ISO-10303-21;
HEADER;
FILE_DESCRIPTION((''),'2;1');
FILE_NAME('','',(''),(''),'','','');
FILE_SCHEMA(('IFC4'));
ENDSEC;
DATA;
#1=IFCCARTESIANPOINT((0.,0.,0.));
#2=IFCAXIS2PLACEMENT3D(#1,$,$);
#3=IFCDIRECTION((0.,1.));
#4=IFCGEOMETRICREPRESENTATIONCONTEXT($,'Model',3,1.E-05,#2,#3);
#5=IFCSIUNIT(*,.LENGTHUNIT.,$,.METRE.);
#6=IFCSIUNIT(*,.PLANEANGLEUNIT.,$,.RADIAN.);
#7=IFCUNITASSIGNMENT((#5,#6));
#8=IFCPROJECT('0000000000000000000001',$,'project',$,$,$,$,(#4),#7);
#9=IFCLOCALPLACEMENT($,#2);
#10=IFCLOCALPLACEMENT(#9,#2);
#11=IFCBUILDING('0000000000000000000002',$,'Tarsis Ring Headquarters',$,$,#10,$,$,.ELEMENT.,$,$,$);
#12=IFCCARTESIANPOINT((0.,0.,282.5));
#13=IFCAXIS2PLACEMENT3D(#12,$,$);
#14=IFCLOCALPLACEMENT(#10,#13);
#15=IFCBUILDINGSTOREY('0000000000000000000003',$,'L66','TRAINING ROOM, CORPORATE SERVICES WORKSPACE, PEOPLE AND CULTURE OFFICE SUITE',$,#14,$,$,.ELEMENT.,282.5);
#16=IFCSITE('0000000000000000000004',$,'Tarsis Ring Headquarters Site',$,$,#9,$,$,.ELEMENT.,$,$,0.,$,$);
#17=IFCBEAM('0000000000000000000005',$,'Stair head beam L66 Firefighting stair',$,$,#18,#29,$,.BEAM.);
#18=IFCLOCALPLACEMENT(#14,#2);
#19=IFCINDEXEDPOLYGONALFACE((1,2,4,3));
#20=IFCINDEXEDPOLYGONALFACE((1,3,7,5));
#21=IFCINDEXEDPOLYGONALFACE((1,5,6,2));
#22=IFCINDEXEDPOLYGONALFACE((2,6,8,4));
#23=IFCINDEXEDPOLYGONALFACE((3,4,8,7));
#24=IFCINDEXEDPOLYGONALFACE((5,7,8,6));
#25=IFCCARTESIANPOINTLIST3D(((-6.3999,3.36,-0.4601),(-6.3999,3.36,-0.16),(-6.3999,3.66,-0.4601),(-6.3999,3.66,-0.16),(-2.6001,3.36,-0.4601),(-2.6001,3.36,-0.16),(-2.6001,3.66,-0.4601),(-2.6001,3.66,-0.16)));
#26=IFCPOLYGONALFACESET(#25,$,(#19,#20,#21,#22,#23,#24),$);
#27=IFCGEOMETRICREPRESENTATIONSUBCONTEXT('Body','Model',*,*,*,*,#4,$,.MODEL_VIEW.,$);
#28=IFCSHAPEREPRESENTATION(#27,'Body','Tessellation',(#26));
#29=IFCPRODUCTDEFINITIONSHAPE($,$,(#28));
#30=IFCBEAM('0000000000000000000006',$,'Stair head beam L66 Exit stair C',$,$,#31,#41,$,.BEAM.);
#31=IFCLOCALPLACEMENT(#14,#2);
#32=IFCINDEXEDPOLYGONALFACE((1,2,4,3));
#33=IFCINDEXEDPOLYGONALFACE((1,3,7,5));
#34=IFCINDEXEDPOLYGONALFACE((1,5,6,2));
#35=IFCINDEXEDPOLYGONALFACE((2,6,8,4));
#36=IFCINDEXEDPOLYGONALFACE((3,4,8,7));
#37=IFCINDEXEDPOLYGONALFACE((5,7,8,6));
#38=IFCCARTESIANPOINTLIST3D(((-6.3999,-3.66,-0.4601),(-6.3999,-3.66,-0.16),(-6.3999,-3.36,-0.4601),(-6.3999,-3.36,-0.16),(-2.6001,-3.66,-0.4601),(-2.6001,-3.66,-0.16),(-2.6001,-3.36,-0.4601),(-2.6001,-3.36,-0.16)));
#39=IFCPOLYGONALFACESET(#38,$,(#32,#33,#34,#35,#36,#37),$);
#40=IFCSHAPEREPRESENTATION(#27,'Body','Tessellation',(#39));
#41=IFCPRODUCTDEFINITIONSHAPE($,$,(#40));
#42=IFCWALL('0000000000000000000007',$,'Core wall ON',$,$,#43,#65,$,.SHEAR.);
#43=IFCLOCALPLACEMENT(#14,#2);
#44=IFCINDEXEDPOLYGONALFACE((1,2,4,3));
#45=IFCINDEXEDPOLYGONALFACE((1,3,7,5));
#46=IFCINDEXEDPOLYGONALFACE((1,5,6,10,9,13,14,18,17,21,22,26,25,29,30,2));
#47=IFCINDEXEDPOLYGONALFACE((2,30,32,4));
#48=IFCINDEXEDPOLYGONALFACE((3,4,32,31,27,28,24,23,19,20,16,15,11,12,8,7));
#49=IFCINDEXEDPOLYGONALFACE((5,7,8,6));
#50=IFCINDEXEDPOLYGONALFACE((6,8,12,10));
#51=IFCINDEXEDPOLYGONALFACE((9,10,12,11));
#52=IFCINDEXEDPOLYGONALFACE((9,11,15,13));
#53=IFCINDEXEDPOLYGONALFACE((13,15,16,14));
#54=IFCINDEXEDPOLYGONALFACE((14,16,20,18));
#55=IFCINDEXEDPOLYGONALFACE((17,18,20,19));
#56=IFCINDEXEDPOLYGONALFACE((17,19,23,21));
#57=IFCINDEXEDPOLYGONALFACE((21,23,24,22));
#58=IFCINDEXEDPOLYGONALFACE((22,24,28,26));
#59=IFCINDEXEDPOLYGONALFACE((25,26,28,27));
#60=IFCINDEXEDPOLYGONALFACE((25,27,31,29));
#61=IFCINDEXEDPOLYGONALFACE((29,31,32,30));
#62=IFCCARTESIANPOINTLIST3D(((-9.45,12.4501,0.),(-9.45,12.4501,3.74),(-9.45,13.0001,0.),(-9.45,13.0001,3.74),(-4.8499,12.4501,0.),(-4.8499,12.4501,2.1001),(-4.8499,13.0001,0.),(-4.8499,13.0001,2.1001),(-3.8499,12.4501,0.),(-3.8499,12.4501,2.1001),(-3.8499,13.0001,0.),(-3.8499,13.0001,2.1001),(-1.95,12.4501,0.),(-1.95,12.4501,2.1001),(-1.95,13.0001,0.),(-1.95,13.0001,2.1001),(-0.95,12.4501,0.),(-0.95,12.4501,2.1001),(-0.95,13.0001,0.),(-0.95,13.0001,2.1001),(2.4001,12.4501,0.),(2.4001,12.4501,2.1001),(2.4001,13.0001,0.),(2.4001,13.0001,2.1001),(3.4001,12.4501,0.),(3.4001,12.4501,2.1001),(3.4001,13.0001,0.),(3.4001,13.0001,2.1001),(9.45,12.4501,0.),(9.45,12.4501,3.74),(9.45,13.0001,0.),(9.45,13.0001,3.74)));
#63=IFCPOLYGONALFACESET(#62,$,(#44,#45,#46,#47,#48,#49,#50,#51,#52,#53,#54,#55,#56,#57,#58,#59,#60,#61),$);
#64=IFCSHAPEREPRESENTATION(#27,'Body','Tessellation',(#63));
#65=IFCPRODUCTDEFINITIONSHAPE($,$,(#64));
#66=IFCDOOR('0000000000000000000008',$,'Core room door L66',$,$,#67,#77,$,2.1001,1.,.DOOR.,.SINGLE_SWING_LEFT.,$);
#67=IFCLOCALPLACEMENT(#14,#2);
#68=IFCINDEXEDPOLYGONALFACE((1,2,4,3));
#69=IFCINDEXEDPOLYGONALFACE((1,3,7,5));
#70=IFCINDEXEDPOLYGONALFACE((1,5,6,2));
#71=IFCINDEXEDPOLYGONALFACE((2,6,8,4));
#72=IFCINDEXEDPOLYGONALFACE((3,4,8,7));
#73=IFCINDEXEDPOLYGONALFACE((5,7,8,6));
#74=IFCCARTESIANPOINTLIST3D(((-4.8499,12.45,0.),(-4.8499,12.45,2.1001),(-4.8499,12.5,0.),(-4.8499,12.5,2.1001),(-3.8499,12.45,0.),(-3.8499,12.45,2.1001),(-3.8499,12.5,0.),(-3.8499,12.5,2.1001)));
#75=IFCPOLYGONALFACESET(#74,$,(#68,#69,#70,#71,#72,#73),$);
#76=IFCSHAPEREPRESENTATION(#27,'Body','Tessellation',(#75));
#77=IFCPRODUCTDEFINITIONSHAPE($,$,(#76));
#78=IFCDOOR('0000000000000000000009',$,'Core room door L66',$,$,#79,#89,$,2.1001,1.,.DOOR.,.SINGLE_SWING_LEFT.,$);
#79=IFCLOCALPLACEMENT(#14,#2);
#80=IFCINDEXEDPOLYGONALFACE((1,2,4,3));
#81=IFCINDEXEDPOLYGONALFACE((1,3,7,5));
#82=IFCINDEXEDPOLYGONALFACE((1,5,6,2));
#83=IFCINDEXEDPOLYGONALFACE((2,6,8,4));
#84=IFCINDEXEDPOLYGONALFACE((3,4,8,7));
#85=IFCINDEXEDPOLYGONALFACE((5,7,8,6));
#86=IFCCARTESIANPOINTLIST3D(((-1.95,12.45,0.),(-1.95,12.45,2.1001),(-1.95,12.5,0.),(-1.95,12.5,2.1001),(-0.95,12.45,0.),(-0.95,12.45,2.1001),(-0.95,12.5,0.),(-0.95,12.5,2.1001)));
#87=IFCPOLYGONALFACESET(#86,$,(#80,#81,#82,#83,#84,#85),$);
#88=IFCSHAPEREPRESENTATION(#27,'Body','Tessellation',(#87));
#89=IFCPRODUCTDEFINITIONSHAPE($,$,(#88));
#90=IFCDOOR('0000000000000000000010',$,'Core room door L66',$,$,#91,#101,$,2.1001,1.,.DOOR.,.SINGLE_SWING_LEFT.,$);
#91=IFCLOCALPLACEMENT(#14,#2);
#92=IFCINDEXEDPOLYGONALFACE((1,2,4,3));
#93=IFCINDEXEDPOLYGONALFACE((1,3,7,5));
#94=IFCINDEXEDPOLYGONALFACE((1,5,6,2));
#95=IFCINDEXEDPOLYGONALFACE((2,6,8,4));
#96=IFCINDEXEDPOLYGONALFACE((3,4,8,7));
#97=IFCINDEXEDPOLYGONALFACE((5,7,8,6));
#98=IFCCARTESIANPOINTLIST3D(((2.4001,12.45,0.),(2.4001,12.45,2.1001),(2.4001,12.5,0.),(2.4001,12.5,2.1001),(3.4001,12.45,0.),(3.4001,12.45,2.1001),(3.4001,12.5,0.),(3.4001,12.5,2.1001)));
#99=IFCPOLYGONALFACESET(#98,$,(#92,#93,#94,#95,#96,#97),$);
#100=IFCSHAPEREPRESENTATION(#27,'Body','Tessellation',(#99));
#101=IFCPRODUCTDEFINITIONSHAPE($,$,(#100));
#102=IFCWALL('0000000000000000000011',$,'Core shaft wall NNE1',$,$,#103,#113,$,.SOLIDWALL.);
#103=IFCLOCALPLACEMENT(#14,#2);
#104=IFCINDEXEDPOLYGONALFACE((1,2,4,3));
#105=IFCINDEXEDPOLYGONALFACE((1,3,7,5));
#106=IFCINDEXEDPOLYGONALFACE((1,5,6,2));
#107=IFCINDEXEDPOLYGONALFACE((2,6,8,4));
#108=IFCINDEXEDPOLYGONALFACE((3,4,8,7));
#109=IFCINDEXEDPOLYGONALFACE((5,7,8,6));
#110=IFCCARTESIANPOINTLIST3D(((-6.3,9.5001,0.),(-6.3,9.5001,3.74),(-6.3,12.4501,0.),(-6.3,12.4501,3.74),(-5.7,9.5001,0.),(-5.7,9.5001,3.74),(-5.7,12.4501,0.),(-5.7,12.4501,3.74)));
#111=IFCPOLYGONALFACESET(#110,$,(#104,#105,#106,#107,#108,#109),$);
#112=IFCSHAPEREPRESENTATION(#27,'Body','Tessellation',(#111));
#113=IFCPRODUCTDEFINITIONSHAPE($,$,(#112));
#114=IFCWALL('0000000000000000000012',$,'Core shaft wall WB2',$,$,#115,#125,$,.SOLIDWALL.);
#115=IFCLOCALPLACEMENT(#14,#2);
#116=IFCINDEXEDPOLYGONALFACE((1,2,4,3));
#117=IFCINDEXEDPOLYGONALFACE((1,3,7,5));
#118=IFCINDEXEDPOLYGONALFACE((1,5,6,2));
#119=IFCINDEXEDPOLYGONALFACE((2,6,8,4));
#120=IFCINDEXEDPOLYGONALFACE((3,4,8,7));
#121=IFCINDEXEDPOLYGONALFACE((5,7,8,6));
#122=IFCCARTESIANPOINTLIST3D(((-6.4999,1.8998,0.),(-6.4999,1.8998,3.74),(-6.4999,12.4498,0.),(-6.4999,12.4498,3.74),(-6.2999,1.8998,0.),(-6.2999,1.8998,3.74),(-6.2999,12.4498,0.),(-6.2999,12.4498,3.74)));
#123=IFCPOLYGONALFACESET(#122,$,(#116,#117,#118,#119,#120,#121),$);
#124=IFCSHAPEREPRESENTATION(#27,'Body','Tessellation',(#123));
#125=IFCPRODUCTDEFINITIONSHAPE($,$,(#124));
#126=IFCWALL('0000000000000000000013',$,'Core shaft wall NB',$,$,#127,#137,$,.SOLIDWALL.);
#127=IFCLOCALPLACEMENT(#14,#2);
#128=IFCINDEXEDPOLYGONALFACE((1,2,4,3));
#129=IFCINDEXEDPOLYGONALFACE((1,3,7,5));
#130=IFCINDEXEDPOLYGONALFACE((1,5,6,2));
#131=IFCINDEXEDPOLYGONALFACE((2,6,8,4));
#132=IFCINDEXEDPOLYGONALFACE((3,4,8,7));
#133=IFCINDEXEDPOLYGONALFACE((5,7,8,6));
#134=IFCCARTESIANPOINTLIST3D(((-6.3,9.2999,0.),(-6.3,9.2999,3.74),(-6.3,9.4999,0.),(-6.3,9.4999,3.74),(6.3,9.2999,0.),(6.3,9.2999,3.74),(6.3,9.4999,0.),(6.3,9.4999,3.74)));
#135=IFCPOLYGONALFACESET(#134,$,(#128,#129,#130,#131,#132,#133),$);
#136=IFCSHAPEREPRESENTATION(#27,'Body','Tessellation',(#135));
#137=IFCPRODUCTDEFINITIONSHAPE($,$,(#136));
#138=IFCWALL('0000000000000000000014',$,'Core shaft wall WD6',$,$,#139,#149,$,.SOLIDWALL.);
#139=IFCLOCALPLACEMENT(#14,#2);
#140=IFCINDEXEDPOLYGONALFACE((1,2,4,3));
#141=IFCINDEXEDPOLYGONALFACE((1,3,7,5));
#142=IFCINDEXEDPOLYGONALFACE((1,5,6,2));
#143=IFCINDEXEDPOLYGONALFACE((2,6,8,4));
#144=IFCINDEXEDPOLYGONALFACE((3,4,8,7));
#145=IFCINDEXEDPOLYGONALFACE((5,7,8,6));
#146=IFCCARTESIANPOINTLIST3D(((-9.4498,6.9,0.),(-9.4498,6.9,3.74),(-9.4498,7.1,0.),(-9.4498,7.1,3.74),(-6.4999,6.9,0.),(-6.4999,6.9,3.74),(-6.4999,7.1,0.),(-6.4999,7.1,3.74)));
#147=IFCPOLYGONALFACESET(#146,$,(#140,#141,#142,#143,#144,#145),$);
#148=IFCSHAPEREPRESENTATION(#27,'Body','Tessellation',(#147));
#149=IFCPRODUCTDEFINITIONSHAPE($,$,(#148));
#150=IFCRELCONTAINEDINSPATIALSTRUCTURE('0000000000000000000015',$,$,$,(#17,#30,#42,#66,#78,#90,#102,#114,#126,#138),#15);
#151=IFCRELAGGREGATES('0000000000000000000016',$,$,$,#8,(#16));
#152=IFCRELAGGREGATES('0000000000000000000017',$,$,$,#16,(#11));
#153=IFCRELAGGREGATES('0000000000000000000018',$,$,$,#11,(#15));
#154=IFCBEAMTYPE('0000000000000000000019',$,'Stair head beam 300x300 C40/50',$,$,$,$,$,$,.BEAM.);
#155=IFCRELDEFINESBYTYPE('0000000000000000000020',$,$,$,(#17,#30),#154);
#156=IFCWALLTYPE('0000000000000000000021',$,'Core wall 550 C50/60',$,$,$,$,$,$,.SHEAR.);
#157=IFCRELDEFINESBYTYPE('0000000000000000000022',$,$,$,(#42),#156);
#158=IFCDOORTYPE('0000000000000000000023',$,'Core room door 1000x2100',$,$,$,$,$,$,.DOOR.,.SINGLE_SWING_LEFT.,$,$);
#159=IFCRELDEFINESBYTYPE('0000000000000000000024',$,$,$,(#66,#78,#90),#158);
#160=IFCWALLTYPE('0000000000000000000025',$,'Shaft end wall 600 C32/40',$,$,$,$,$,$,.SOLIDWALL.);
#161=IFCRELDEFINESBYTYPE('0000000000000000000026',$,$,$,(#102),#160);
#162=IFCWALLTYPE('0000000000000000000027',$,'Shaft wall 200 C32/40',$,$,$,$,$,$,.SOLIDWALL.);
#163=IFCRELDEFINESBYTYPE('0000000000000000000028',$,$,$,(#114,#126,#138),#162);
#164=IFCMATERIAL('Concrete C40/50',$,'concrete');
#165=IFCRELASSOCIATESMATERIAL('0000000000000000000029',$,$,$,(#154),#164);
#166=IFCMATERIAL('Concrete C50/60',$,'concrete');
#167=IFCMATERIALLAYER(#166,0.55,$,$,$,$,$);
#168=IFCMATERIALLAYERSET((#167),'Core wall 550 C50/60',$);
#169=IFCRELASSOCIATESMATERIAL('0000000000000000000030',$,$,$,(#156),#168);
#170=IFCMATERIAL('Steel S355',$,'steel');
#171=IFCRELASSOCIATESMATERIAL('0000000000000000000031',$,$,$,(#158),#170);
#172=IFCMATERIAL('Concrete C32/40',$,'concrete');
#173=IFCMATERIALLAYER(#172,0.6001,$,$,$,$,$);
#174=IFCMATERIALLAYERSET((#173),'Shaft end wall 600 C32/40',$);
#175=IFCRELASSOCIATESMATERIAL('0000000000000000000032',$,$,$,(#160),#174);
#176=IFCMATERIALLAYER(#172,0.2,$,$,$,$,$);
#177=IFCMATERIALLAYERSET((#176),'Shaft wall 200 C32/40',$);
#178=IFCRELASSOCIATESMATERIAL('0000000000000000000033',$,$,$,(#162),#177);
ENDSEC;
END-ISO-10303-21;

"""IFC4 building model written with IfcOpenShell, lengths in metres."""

from ifc_helpers import new_model, si_unit, direction, frame, frame_2d, origin, origin_2d, place, context, subcontext, project, spatial, rectangle, extrude, material, layer, layer_set, material_profile, profile_set, type_object, element, fill, save


model = new_model("IFC4")

# Units and contexts
model_context = context("Model", 3, precision=1e-05, world=origin(), true_north=direction((0.0, 1.0)))
body_context = subcontext(model_context, "Body", "Model", "MODEL_VIEW")
ifc_project = project(units=[si_unit("LENGTHUNIT", "METRE"), si_unit("PLANEANGLEUNIT", "RADIAN")], contexts=[model_context])

# Site, building, storey
site_placement = place(None, origin())
site = spatial("IfcSite", under=ifc_project, at=site_placement, Name="Tarsis Ring Headquarters Site", CompositionType="ELEMENT", RefElevation=0.0)
building_placement = place(site_placement, origin())
building = spatial("IfcBuilding", under=site, at=building_placement, Name="Tarsis Ring Headquarters", CompositionType="ELEMENT")
storey_placement = place(building_placement, frame((0.0, 0.0, 282.5)))
storey = spatial("IfcBuildingStorey", under=building, at=storey_placement, Name="L66", Description="TRAINING ROOM, CORPORATE SERVICES WORKSPACE, PEOPLE AND CULTURE OFFICE SUITE", CompositionType="ELEMENT", Elevation=282.5)

# Beams
ifc_material_1 = material(Name="Concrete C40/50", Category="concrete")
ifc_material_profile = material_profile(ifc_material_1, rectangle(XDim=0.3, YDim=0.3, at=origin_2d()), Name="Stair head beam 300x300 C40/50")
ifc_profile_set = profile_set([ifc_material_profile], Name="Concrete C40/50")
beam_type = type_object("IfcBeamType", Name="Stair head beam 300x300 C40/50", PredefinedType="BEAM", material=ifc_profile_set)
for number, where, z_axis, x_axis, name in (
    (1, (-6.3999, 3.51, -0.3101), (1.0, 0.0, 0.0), (0.0, 1.0, 0.0), "Stair head beam L66 Firefighting stair"),
    (2, (-6.3999, -3.51, -0.3101), (1.0, 0.0, 0.0), (0.0, 1.0, 0.0), "Stair head beam L66 Exit stair C"),
):
    element("IfcBeam", number, at=place(storey_placement, frame(where, z_axis=z_axis, x_axis=x_axis)), inside=storey, type_object=beam_type, Name=name, PredefinedType="BEAM", context=body_context, shape_type="SweptSolid", body=[
        extrude(rectangle(XDim=0.3, YDim=0.3, at=origin_2d()), origin(), (0.0, 0.0, 1.0), 3.7998),
    ])

# Wall, openings, doors
ifc_material_2 = material(Name="Concrete C50/60", Category="concrete")
ifc_layer_1 = layer(ifc_material_2, 0.55)
ifc_layer_set_1 = layer_set([ifc_layer_1], Name="Core wall 550 C50/60")
wall_type_1 = type_object("IfcWallType", Name="Core wall 550 C50/60", PredefinedType="SHEAR", material=ifc_layer_set_1)
wall_1_placement = place(storey_placement, frame((-9.45, 12.7251, 0.0), z_axis=(0.0, 0.0, 1.0), x_axis=(1.0, 0.0, 0.0)))
wall_1 = element("IfcWall", 3, at=wall_1_placement, inside=storey, type_object=wall_type_1, Name="Core wall ON", PredefinedType="SHEAR", context=body_context, shape_type="SweptSolid", body=[
    extrude(rectangle(XDim=18.8999, YDim=0.55, at=frame_2d((9.45, 0.0))), origin(), (0.0, 0.0, 1.0), 3.74),
])
opening_1_placement = place(wall_1_placement, frame((4.6001, 0.0, 0.0)))
opening_1 = element("IfcOpeningElement", 4, at=opening_1_placement, cuts=wall_1, PredefinedType="OPENING", context=body_context, shape_type="SweptSolid", body=[
    extrude(rectangle(XDim=1.0, YDim=2.1001, at=frame_2d((0.5, 1.05))), frame((0.0, 0.2849, 0.0), z_axis=(0.0, -1.0, 0.0), x_axis=(1.0, 0.0, 0.0)), (0.0, 0.0, 1.0), 0.5701),
])
opening_2_placement = place(wall_1_placement, frame((7.5, 0.0, 0.0)))
opening_2 = element("IfcOpeningElement", 5, at=opening_2_placement, cuts=wall_1, PredefinedType="OPENING", context=body_context, shape_type="SweptSolid", body=[
    extrude(rectangle(XDim=1.0, YDim=2.1001, at=frame_2d((0.5, 1.05))), frame((0.0, 0.2849, 0.0), z_axis=(0.0, -1.0, 0.0), x_axis=(1.0, 0.0, 0.0)), (0.0, 0.0, 1.0), 0.5701),
])
opening_3_placement = place(wall_1_placement, frame((11.8501, 0.0, 0.0)))
opening_3 = element("IfcOpeningElement", 6, at=opening_3_placement, cuts=wall_1, PredefinedType="OPENING", context=body_context, shape_type="SweptSolid", body=[
    extrude(rectangle(XDim=1.0, YDim=2.1001, at=frame_2d((0.5, 1.05))), frame((0.0, 0.2849, 0.0), z_axis=(0.0, -1.0, 0.0), x_axis=(1.0, 0.0, 0.0)), (0.0, 0.0, 1.0), 0.5701),
])
ifc_material_3 = material(Name="Steel S355", Category="steel")
door_type = type_object("IfcDoorType", Name="Core room door 1000x2100", OperationType="SINGLE_SWING_LEFT", PredefinedType="DOOR", material=ifc_material_3)
door_1_placement = place(opening_1_placement, origin())
door_1 = element("IfcDoor", 7, at=door_1_placement, inside=storey, type_object=door_type, Name="Core room door L66", OperationType="SINGLE_SWING_LEFT", OverallHeight=2.1001, OverallWidth=1.0, PredefinedType="DOOR", context=body_context, shape_type="SweptSolid", body=[
    extrude(rectangle(XDim=1.0, YDim=2.1001, at=frame_2d((0.5, 1.05))), frame((0.0, -0.2251, 0.0), z_axis=(0.0, -1.0, 0.0), x_axis=(1.0, 0.0, 0.0)), (0.0, 0.0, 1.0), 0.05),
])
fill(opening_1, door_1)
door_2_placement = place(opening_2_placement, origin())
door_2 = element("IfcDoor", 8, at=door_2_placement, inside=storey, type_object=door_type, Name="Core room door L66", OperationType="SINGLE_SWING_LEFT", OverallHeight=2.1001, OverallWidth=1.0, PredefinedType="DOOR", context=body_context, shape_type="SweptSolid", body=[
    extrude(rectangle(XDim=1.0, YDim=2.1001, at=frame_2d((0.5, 1.05))), frame((0.0, -0.2251, 0.0), z_axis=(0.0, -1.0, 0.0), x_axis=(1.0, 0.0, 0.0)), (0.0, 0.0, 1.0), 0.05),
])
fill(opening_2, door_2)
door_3_placement = place(opening_3_placement, origin())
door_3 = element("IfcDoor", 9, at=door_3_placement, inside=storey, type_object=door_type, Name="Core room door L66", OperationType="SINGLE_SWING_LEFT", OverallHeight=2.1001, OverallWidth=1.0, PredefinedType="DOOR", context=body_context, shape_type="SweptSolid", body=[
    extrude(rectangle(XDim=1.0, YDim=2.1001, at=frame_2d((0.5, 1.05))), frame((0.0, -0.2251, 0.0), z_axis=(0.0, -1.0, 0.0), x_axis=(1.0, 0.0, 0.0)), (0.0, 0.0, 1.0), 0.05),
])
fill(opening_3, door_3)

# Walls
ifc_material_4 = material(Name="Concrete C32/40", Category="concrete")
ifc_layer_2 = layer(ifc_material_4, 0.6001)
ifc_layer_set_2 = layer_set([ifc_layer_2], Name="Shaft end wall 600 C32/40")
wall_type_2 = type_object("IfcWallType", Name="Shaft end wall 600 C32/40", PredefinedType="SOLIDWALL", material=ifc_layer_set_2)
wall_2_placement = place(storey_placement, frame((-6.0, 9.5, 0.0), z_axis=(0.0, 0.0, 1.0), x_axis=(0.0, 1.0, 0.0)))
element("IfcWall", 10, at=wall_2_placement, inside=storey, type_object=wall_type_2, Name="Core shaft wall NNE1", PredefinedType="SOLIDWALL", context=body_context, shape_type="SweptSolid", body=[
    extrude(rectangle(XDim=2.95, YDim=0.6001, at=frame_2d((1.4751, 0.0))), origin(), (0.0, 0.0, 1.0), 3.74),
])
ifc_layer_3 = layer(ifc_material_4, 0.2)
ifc_layer_set_3 = layer_set([ifc_layer_3], Name="Shaft wall 200 C32/40")
wall_type_3 = type_object("IfcWallType", Name="Shaft wall 200 C32/40", PredefinedType="SOLIDWALL", material=ifc_layer_set_3)
wall_3_placement = place(storey_placement, frame((-6.3999, 1.8999, 0.0), z_axis=(0.0, 0.0, 1.0), x_axis=(0.0, 1.0, 0.0)))
element("IfcWall", 11, at=wall_3_placement, inside=storey, type_object=wall_type_3, Name="Core shaft wall WB2", PredefinedType="SOLIDWALL", context=body_context, shape_type="SweptSolid", body=[
    extrude(rectangle(XDim=10.55, YDim=0.2, at=frame_2d((5.2749, 0.0))), origin(), (0.0, 0.0, 1.0), 3.74),
])
wall_4_placement = place(storey_placement, frame((-6.3, 9.3999, 0.0), z_axis=(0.0, 0.0, 1.0), x_axis=(1.0, 0.0, 0.0)))
element("IfcWall", 12, at=wall_4_placement, inside=storey, type_object=wall_type_3, Name="Core shaft wall NB", PredefinedType="SOLIDWALL", context=body_context, shape_type="SweptSolid", body=[
    extrude(rectangle(XDim=12.6001, YDim=0.2, at=frame_2d((6.3, 0.0))), origin(), (0.0, 0.0, 1.0), 3.74),
])
wall_5_placement = place(storey_placement, frame((-9.45, 7.0, 0.0), z_axis=(0.0, 0.0, 1.0), x_axis=(1.0, 0.0, 0.0)))
element("IfcWall", 13, at=wall_5_placement, inside=storey, type_object=wall_type_3, Name="Core shaft wall WD6", PredefinedType="SOLIDWALL", context=body_context, shape_type="SweptSolid", body=[
    extrude(rectangle(XDim=2.95, YDim=0.2, at=frame_2d((1.4751, 0.0))), origin(), (0.0, 0.0, 1.0), 3.74),
])

save(model, "model.ifc")
